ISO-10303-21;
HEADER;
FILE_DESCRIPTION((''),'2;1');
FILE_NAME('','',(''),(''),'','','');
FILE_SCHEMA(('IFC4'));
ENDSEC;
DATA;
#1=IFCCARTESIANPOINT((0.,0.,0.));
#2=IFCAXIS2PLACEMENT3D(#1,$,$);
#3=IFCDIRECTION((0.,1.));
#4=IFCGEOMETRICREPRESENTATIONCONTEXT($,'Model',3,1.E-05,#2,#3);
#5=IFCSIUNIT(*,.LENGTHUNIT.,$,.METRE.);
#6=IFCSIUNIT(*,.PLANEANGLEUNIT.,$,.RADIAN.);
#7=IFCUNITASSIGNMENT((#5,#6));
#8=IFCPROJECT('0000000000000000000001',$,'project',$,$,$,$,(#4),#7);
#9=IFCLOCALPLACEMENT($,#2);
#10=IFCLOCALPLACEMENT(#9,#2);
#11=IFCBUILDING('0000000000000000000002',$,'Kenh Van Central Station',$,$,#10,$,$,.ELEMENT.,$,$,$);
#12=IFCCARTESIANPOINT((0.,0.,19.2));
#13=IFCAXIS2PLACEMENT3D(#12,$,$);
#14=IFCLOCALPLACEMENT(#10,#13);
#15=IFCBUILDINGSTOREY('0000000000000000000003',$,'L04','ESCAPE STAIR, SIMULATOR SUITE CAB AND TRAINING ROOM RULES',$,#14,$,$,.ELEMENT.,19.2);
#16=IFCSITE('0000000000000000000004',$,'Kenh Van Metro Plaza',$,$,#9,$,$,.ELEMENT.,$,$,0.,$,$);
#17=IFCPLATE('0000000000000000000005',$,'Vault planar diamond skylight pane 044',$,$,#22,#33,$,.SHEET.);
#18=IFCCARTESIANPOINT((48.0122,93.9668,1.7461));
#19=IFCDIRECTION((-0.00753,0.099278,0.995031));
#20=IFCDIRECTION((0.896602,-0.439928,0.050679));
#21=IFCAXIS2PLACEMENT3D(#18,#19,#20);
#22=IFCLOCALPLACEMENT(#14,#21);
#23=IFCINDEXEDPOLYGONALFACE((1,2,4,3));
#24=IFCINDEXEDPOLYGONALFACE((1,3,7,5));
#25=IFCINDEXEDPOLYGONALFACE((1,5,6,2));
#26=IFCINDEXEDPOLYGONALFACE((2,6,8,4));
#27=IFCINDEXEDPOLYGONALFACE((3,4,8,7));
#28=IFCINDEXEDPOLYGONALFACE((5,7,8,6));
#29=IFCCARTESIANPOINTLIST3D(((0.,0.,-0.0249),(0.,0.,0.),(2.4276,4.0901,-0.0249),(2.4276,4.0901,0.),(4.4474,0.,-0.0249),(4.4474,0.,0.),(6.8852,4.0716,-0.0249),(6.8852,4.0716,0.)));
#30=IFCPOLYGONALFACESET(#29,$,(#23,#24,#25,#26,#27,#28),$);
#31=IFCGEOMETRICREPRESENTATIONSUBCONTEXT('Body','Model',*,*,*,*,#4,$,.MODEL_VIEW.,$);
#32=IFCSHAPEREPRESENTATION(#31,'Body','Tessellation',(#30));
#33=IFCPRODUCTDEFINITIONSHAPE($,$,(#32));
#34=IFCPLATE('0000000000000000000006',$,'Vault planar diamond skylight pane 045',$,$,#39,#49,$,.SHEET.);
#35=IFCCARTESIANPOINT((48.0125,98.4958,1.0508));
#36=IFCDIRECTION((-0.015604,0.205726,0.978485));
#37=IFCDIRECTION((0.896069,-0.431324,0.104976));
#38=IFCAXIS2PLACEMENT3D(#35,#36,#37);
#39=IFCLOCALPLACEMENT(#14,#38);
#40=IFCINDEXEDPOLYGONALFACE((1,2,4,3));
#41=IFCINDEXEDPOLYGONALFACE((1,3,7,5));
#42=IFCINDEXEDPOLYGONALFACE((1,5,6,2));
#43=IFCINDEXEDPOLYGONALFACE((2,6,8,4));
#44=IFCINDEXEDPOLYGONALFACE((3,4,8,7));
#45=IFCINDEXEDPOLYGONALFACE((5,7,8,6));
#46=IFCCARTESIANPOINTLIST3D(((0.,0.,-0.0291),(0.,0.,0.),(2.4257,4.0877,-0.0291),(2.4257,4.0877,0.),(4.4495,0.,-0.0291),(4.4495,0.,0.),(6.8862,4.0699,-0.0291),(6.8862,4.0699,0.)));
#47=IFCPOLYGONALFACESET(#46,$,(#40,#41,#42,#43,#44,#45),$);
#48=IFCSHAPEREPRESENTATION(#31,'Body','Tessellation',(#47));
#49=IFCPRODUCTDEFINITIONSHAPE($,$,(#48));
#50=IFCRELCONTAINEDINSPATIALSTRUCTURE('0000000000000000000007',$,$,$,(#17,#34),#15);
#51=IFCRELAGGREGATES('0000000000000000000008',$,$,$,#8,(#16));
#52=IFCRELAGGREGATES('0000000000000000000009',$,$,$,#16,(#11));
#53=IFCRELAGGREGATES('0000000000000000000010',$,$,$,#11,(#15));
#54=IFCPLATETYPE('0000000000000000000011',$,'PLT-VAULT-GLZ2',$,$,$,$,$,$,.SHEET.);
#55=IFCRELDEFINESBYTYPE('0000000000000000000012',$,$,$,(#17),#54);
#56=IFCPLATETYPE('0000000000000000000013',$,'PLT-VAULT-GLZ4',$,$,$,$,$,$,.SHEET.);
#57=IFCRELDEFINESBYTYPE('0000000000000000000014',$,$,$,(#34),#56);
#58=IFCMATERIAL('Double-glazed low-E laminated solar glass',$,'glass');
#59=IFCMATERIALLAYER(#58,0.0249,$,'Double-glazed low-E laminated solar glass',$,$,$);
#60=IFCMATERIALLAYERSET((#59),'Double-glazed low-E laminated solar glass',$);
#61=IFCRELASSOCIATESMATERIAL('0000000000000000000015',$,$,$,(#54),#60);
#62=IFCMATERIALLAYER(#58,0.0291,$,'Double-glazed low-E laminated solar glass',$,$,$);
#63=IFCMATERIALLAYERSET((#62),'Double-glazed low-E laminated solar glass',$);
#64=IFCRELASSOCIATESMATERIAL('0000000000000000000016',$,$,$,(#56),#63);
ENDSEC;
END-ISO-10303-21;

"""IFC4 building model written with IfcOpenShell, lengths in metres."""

from ifc_helpers import new_model, si_unit, direction, frame, origin, place, context, subcontext, project, spatial, polyline, outline, extrude, material, layer, layer_set, type_object, element, save


model = new_model("IFC4")

# Units and contexts
model_context = context("Model", 3, precision=1e-05, world=origin(), true_north=direction((0.0, 1.0)))
body_context = subcontext(model_context, "Body", "Model", "MODEL_VIEW")
ifc_project = project(units=[si_unit("LENGTHUNIT", "METRE"), si_unit("PLANEANGLEUNIT", "RADIAN")], contexts=[model_context])

# Site, building, storey
site_placement = place(None, origin())
site = spatial("IfcSite", under=ifc_project, at=site_placement, Name="Kenh Van Metro Plaza", CompositionType="ELEMENT", RefElevation=0.0)
building_placement = place(site_placement, origin())
building = spatial("IfcBuilding", under=site, at=building_placement, Name="Kenh Van Central Station", CompositionType="ELEMENT")
storey_placement = place(building_placement, frame((0.0, 0.0, 19.2)))
storey = spatial("IfcBuildingStorey", under=building, at=storey_placement, Name="L04", Description="ESCAPE STAIR, SIMULATOR SUITE CAB AND TRAINING ROOM RULES", CompositionType="ELEMENT", Elevation=19.2)

# Plates
ifc_material_1 = material(Name="Double-glazed low-E laminated solar glass", Category="glass")
ifc_layer_1 = layer(ifc_material_1, 0.0249, Name="Double-glazed low-E laminated solar glass")
ifc_layer_set_1 = layer_set([ifc_layer_1], Name="Double-glazed low-E laminated solar glass")
plate_type_1 = type_object("IfcPlateType", Name="PLT-VAULT-GLZ2", PredefinedType="SHEET", material=ifc_layer_set_1)
plate_1_placement = place(storey_placement, frame((48.0122, 93.9668, 1.7461), z_axis=(-0.00753, 0.099278, 0.995031), x_axis=(0.896602, -0.439928, 0.050679)))
element("IfcPlate", 1, at=plate_1_placement, inside=storey, type_object=plate_type_1, Name="Vault planar diamond skylight pane 044", PredefinedType="SHEET", context=body_context, shape_type="SweptSolid", body=[
    extrude(outline(polyline([(0.0, 0.0), (4.4474, 0.0), (6.8852, 4.0716), (2.4276, 4.0901), (0.0, 0.0)])), origin(), (0.0, 0.0, -1.0), 0.0249),
])
ifc_layer_2 = layer(ifc_material_1, 0.0291, Name="Double-glazed low-E laminated solar glass")
ifc_layer_set_2 = layer_set([ifc_layer_2], Name="Double-glazed low-E laminated solar glass")
plate_type_2 = type_object("IfcPlateType", Name="PLT-VAULT-GLZ4", PredefinedType="SHEET", material=ifc_layer_set_2)
plate_2_placement = place(storey_placement, frame((48.0125, 98.4958, 1.0508), z_axis=(-0.015604, 0.205726, 0.978485), x_axis=(0.896069, -0.431324, 0.104976)))
element("IfcPlate", 2, at=plate_2_placement, inside=storey, type_object=plate_type_2, Name="Vault planar diamond skylight pane 045", PredefinedType="SHEET", context=body_context, shape_type="SweptSolid", body=[
    extrude(outline(polyline([(0.0, 0.0), (4.4495, 0.0), (6.8862, 4.0699), (2.4257, 4.0877), (0.0, 0.0)])), origin(), (0.0, 0.0, -1.0), 0.0291),
])

save(model, "model.ifc")
